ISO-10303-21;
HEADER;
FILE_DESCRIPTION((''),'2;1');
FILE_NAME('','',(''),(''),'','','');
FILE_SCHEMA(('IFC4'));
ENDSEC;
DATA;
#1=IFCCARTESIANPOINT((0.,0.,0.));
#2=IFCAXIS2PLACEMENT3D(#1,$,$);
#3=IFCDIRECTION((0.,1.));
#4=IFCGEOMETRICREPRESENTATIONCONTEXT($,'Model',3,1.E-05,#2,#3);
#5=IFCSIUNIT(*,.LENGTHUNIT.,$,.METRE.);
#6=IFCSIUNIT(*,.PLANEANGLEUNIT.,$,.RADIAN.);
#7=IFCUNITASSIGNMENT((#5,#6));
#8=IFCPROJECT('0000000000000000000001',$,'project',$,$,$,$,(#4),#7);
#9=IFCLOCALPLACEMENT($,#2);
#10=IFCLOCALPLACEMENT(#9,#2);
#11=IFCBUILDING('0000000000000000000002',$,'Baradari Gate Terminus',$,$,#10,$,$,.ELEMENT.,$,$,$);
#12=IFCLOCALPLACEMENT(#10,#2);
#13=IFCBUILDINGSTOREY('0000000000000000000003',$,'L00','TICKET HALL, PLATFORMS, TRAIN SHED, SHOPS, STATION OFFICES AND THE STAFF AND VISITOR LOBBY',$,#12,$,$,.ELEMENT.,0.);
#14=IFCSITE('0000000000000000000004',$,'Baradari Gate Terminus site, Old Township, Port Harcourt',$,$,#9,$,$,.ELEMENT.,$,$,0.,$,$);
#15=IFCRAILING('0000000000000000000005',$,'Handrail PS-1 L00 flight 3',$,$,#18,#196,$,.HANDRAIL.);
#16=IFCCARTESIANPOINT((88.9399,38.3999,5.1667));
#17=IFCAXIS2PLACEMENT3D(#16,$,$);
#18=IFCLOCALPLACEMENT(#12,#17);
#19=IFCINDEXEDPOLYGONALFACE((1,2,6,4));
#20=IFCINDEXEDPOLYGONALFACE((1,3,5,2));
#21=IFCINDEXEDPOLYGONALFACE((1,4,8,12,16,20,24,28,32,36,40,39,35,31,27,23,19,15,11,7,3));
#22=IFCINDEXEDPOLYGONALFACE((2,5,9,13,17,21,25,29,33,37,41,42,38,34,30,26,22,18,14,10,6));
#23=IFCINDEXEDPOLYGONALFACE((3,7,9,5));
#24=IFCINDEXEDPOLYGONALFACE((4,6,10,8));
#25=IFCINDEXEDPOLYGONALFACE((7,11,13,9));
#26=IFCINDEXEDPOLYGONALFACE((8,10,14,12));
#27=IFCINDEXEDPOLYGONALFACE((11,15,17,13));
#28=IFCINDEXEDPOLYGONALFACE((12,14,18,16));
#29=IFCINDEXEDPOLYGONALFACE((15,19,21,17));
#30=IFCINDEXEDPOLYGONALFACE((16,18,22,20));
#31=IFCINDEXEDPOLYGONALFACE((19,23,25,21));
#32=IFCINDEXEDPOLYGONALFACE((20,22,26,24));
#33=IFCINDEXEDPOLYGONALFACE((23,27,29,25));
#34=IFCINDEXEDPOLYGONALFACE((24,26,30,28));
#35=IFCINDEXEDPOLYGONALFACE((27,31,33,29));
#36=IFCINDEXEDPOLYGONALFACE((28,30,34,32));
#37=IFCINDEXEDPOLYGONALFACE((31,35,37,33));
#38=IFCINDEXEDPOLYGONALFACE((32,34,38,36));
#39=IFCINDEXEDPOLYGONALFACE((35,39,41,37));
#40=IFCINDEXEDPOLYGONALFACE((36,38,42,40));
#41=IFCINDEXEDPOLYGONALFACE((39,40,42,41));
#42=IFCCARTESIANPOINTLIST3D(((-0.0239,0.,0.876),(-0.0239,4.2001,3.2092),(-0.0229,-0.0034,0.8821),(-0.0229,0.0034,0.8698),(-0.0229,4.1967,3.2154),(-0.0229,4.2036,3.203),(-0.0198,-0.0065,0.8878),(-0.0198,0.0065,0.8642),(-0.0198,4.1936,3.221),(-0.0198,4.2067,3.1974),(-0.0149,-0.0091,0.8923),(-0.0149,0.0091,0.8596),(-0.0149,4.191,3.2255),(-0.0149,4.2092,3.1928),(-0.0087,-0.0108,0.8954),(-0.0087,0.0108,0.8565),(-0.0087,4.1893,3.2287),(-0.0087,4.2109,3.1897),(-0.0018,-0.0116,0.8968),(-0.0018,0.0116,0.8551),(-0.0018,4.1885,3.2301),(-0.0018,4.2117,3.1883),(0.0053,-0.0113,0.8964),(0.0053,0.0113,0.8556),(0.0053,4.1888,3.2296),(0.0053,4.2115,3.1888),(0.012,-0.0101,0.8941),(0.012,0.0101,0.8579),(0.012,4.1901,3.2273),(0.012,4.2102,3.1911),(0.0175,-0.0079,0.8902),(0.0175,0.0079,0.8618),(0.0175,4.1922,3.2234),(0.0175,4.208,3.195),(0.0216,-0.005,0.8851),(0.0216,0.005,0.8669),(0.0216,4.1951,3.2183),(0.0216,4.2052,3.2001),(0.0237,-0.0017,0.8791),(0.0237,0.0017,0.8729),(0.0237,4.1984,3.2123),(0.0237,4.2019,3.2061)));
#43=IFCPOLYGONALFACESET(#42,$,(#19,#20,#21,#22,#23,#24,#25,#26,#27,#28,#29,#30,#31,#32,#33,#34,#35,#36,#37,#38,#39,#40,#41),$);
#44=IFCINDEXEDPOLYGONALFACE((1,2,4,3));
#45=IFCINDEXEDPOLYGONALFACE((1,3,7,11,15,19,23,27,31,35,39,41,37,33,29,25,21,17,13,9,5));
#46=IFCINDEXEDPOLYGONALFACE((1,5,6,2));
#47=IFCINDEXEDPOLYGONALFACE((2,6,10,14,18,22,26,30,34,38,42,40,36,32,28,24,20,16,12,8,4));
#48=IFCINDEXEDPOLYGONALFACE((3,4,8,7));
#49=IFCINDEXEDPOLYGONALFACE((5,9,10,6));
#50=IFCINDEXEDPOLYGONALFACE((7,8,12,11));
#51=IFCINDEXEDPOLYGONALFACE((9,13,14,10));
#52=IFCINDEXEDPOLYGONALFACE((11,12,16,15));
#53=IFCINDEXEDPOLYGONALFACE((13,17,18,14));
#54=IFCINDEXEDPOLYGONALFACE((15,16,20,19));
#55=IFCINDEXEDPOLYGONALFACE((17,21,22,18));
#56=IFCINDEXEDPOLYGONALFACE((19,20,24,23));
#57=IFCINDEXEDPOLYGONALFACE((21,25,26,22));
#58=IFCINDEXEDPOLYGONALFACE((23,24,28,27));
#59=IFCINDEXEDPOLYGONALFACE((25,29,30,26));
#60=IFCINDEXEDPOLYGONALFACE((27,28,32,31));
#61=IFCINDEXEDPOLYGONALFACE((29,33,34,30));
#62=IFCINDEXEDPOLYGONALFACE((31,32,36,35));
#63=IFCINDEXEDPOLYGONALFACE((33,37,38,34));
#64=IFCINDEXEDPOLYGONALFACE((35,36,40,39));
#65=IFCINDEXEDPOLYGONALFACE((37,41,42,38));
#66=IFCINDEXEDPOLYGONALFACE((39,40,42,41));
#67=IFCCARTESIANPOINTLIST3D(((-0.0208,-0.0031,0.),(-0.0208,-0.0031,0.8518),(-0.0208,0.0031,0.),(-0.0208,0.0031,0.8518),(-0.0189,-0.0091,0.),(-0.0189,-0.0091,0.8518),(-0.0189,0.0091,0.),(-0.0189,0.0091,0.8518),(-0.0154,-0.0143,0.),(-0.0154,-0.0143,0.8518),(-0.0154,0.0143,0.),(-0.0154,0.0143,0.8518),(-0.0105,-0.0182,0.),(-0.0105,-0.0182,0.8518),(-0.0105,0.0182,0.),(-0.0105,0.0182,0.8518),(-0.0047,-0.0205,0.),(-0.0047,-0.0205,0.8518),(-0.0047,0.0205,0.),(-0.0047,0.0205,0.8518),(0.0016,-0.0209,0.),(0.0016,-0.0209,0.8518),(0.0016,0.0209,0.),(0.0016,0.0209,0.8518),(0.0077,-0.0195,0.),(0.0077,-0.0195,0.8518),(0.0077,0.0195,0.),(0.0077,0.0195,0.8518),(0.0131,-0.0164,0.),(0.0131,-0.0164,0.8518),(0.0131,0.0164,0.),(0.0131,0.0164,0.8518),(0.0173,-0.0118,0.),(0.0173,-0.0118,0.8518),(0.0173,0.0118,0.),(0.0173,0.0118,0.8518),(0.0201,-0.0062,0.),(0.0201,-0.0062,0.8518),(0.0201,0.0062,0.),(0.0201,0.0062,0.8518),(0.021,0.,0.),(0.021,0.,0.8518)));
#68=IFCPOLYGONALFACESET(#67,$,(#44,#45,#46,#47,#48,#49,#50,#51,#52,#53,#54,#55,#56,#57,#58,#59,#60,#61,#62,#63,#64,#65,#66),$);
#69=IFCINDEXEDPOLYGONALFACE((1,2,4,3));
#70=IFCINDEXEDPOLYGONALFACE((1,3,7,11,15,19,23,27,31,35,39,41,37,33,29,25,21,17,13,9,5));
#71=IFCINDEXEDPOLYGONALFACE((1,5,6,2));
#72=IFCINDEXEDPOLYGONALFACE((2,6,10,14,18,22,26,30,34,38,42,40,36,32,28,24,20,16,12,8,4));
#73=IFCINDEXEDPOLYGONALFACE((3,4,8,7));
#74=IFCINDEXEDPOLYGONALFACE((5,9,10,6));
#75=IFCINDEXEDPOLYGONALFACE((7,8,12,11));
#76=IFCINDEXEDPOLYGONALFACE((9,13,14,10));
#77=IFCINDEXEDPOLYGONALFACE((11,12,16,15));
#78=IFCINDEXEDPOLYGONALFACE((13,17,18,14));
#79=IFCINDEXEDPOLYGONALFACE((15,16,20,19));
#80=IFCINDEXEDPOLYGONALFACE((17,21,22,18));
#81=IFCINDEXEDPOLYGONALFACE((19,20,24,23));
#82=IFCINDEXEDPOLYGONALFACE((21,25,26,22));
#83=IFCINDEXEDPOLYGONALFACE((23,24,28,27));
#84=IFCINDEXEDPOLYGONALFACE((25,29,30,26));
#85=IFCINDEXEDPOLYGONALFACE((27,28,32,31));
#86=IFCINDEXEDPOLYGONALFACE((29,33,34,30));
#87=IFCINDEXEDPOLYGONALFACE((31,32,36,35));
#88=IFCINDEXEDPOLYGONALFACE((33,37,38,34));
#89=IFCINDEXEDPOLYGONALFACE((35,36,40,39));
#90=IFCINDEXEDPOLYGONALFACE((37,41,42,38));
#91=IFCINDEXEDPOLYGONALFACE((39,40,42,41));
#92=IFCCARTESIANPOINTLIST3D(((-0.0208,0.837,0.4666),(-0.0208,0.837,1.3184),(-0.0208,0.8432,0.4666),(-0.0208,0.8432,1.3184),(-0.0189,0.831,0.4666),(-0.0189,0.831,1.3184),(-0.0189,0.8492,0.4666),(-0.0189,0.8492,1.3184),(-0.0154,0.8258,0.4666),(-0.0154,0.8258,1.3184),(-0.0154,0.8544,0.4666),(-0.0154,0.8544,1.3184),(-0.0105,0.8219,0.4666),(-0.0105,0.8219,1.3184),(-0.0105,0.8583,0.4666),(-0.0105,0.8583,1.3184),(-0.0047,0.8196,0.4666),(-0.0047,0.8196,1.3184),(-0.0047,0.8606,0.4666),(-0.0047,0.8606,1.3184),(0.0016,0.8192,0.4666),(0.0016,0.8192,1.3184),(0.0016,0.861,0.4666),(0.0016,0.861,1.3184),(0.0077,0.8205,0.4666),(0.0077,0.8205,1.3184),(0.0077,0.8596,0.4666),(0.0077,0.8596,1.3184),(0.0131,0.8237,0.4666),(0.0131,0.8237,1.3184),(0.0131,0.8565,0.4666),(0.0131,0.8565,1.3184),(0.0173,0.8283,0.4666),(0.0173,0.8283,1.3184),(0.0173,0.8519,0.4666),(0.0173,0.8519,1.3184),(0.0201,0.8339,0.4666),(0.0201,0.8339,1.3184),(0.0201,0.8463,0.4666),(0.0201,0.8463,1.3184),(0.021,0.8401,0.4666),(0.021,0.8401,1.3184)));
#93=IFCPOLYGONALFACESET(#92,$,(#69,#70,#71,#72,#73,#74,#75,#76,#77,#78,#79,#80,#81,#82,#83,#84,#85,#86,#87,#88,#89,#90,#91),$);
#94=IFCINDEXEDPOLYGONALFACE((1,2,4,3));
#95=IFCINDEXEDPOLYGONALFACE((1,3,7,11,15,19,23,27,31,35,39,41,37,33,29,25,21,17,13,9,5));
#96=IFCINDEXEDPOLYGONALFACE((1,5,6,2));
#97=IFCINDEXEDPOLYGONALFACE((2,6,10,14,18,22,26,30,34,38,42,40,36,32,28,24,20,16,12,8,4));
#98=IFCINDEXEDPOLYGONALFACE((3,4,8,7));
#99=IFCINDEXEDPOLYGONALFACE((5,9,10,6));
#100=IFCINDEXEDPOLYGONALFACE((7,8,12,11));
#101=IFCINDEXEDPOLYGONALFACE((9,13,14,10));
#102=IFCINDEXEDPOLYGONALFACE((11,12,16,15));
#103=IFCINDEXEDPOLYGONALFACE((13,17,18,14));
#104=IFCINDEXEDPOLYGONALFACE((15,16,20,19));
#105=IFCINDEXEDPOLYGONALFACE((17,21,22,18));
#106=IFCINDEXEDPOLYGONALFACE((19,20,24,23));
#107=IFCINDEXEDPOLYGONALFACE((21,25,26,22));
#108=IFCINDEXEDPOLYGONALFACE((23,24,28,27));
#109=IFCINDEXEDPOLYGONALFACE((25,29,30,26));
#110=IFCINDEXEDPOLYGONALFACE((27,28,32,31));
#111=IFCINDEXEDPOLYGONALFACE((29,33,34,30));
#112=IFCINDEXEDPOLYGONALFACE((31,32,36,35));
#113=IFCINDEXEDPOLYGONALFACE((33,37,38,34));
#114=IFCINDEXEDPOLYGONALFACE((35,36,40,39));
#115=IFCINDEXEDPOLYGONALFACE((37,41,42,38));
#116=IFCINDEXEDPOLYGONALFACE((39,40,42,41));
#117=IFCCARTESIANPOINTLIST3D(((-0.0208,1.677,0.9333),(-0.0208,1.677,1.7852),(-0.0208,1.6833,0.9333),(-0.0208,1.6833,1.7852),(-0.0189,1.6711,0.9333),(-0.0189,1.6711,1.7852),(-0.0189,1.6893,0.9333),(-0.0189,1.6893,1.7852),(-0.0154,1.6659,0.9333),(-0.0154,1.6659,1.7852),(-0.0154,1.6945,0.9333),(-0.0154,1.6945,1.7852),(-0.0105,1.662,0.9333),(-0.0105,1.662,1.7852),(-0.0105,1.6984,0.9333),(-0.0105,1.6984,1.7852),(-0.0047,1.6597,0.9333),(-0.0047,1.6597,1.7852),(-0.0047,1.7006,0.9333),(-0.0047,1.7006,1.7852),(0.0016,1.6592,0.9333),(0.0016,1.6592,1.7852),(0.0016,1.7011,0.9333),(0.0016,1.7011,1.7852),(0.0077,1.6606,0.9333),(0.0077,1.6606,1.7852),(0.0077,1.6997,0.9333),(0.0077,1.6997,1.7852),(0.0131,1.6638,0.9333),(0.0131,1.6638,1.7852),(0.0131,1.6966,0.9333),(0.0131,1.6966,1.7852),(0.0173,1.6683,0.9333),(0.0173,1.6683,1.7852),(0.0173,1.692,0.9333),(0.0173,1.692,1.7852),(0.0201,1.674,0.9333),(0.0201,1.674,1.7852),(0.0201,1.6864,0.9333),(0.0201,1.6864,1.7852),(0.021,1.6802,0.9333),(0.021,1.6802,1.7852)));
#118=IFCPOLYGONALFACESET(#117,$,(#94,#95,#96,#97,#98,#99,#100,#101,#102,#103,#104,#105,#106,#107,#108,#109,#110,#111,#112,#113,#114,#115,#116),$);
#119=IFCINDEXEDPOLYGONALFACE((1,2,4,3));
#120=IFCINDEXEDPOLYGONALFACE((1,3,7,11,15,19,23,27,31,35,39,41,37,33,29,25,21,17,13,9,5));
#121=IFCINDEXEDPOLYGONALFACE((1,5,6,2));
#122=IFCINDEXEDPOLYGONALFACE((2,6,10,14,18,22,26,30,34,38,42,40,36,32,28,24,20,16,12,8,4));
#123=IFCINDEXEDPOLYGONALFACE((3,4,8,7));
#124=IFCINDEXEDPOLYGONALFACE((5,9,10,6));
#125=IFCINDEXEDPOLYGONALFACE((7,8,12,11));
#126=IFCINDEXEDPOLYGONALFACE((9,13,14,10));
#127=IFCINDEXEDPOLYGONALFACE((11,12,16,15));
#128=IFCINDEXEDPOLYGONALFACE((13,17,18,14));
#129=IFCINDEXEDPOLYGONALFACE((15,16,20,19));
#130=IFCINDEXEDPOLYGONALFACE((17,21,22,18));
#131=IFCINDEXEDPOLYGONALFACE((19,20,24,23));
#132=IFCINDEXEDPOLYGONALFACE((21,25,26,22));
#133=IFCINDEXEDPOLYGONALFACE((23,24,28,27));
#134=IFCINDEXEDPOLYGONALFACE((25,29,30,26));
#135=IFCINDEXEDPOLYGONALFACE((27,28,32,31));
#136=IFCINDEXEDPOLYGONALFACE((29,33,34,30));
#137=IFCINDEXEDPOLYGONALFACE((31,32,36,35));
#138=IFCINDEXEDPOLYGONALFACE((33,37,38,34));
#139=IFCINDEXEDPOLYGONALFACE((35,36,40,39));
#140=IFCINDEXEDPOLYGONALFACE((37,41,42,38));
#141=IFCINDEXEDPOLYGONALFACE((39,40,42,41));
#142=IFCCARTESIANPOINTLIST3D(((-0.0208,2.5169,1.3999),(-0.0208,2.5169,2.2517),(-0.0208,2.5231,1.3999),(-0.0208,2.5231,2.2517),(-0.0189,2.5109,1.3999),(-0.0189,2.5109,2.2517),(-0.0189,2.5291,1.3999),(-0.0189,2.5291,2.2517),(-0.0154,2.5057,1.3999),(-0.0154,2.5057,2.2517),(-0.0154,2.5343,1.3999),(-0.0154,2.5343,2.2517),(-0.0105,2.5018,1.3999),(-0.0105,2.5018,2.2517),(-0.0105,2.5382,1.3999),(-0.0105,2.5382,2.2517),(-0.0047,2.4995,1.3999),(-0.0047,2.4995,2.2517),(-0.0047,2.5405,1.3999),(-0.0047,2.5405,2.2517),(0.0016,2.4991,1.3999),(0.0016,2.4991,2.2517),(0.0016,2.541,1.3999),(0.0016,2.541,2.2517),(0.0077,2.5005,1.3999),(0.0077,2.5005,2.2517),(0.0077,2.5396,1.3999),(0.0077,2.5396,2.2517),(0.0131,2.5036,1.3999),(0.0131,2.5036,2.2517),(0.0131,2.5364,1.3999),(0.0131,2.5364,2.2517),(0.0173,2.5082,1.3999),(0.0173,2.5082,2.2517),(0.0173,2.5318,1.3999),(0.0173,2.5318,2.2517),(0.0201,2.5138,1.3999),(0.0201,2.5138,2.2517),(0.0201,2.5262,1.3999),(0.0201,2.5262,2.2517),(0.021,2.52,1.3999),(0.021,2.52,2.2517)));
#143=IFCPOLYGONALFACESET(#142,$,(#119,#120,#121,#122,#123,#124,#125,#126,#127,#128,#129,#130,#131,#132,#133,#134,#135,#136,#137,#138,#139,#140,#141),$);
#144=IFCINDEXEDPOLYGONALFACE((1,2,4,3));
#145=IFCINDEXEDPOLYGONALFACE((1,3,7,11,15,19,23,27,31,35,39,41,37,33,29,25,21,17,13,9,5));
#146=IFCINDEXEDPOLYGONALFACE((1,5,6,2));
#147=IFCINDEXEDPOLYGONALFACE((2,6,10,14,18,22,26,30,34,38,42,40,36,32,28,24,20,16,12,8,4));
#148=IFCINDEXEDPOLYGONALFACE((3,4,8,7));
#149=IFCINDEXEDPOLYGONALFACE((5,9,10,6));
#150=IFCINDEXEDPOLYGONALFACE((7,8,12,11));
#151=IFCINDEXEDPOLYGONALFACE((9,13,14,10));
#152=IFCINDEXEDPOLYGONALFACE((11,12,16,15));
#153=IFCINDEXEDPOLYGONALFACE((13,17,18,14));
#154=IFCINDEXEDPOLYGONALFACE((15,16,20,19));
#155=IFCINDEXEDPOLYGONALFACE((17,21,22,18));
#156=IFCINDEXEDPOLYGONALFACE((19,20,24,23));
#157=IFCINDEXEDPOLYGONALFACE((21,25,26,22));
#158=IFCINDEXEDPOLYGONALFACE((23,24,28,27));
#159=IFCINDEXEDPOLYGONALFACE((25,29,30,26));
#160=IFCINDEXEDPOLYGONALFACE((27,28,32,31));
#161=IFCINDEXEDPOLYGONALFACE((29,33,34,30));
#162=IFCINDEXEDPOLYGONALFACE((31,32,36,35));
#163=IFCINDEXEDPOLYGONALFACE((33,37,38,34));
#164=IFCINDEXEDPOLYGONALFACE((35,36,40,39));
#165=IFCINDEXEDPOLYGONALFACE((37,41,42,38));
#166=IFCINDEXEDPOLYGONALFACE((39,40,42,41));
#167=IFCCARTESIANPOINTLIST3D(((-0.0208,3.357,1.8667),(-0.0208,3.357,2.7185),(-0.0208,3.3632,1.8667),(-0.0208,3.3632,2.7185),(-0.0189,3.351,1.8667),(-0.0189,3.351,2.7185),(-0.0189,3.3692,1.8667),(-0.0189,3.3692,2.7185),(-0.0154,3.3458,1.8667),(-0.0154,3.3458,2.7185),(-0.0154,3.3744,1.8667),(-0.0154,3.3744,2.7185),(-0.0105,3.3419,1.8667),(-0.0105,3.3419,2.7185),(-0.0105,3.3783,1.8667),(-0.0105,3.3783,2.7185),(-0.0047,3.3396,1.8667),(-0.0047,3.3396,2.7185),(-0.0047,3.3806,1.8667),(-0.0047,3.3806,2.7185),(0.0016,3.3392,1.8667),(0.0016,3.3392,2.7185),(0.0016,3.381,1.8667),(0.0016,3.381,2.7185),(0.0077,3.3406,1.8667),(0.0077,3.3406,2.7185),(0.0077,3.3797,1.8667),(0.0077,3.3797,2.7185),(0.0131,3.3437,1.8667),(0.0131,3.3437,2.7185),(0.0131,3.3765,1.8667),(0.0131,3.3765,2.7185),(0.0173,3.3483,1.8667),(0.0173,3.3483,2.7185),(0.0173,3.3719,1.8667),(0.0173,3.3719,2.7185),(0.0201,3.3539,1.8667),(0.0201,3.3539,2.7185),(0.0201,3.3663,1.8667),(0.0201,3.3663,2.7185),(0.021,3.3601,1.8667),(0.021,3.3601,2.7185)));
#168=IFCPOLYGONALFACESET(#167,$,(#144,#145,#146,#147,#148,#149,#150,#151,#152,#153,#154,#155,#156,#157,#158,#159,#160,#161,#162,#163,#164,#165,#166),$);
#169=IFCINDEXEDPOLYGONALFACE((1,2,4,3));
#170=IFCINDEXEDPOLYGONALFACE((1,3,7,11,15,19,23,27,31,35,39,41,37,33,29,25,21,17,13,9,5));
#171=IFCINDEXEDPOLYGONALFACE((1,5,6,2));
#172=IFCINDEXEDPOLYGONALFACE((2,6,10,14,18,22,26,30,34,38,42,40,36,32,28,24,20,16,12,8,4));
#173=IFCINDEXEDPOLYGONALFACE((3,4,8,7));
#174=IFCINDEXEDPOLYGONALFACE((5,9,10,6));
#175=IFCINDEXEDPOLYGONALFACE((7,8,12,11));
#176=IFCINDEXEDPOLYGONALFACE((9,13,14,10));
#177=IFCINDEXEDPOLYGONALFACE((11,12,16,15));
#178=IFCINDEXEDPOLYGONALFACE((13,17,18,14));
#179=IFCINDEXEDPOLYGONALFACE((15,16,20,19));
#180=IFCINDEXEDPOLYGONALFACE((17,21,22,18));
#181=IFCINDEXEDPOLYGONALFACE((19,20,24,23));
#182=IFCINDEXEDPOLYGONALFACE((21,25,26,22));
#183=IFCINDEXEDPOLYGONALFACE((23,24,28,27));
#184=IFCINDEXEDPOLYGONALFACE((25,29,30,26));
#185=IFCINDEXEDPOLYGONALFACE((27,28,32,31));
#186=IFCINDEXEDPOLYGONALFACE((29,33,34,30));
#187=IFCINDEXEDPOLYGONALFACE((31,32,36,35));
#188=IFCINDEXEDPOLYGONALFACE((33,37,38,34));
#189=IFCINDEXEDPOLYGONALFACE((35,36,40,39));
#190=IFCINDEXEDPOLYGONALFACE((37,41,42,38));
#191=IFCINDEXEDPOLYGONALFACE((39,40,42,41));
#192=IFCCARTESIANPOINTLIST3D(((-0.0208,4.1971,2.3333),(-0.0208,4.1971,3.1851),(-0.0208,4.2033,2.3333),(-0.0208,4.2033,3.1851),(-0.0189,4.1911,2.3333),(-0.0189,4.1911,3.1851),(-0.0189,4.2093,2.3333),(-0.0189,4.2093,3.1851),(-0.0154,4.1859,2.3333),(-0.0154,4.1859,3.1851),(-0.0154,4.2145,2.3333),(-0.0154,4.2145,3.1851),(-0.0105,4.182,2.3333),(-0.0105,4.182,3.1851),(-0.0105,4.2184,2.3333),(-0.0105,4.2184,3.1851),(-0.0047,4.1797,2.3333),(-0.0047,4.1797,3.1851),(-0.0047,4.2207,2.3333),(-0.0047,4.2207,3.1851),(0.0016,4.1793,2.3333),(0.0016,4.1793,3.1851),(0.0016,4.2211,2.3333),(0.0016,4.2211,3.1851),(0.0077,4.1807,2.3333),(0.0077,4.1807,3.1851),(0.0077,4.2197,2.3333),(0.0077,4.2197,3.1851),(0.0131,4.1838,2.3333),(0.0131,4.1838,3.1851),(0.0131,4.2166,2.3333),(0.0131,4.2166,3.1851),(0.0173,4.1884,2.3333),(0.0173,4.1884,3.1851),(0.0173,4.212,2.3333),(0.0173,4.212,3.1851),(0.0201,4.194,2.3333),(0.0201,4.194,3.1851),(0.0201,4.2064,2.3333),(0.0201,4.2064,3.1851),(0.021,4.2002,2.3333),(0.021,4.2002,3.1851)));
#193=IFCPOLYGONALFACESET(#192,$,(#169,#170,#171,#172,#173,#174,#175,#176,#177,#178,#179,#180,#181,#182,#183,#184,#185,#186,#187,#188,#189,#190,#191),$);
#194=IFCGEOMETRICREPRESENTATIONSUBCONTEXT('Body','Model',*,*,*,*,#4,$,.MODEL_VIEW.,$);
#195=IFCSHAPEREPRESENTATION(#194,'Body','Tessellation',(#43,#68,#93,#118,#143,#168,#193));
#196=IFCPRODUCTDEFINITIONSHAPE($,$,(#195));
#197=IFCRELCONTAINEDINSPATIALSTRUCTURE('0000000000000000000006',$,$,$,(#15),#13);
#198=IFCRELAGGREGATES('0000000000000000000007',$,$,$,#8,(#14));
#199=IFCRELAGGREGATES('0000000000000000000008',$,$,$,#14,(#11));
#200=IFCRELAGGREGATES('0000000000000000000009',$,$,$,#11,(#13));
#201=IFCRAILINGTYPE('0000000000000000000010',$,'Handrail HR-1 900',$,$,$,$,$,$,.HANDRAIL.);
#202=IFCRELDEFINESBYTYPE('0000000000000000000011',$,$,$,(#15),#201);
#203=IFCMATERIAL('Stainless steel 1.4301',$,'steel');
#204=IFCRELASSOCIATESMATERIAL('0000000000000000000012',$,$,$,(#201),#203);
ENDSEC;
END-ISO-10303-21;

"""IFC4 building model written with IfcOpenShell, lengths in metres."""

from ifc_helpers import new_model, si_unit, direction, frame, origin, origin_2d, place, context, subcontext, project, spatial, circle, extrude, material, type_object, element, save


model = new_model("IFC4")

# Units and contexts
model_context = context("Model", 3, precision=1e-05, world=origin(), true_north=direction((0.0, 1.0)))
body_context = subcontext(model_context, "Body", "Model", "MODEL_VIEW")
ifc_project = project(units=[si_unit("LENGTHUNIT", "METRE"), si_unit("PLANEANGLEUNIT", "RADIAN")], contexts=[model_context])

# Site, building, storey
site_placement = place(None, origin())
site = spatial("IfcSite", under=ifc_project, at=site_placement, Name="Baradari Gate Terminus site, Old Township, Port Harcourt", CompositionType="ELEMENT", RefElevation=0.0)
building_placement = place(site_placement, origin())
building = spatial("IfcBuilding", under=site, at=building_placement, Name="Baradari Gate Terminus", CompositionType="ELEMENT")
storey_placement = place(building_placement, origin())
storey = spatial("IfcBuildingStorey", under=building, at=storey_placement, Name="L00", Description="TICKET HALL, PLATFORMS, TRAIN SHED, SHOPS, STATION OFFICES AND THE STAFF AND VISITOR LOBBY", CompositionType="ELEMENT", Elevation=0.0)

# Railing
ifc_material_1 = material(Name="Stainless steel 1.4301", Category="steel")
railing_type_1 = type_object("IfcRailingType", Name="Handrail HR-1 900", PredefinedType="HANDRAIL", material=ifc_material_1)
for number, where, name in (
    (1, (88.9399, 38.3999, 5.1667), "Handrail PS-1 L00 flight 3"),
):
    element("IfcRailing", number, at=place(storey_placement, frame(where)), inside=storey, type_object=railing_type_1, Name=name, PredefinedType="HANDRAIL", context=body_context, shape_type="SweptSolid", body=[
        extrude(circle(Radius=0.0239, at=origin_2d()), frame((0.0, 0.0, 0.876), z_axis=(0.0, 0.874174, 0.485613), x_axis=(-1.0, 0.0, 0.0)), (0.0, 0.0, 1.0), 4.8047),
        extrude(circle(Radius=0.021, at=origin_2d()), origin(), (0.0, 0.0, 1.0), 0.8518),
        extrude(circle(Radius=0.021, at=origin_2d()), frame((0.0, 0.8401, 0.4666)), (0.0, 0.0, 1.0), 0.8518),
        extrude(circle(Radius=0.021, at=origin_2d()), frame((0.0, 1.6802, 0.9333)), (0.0, 0.0, 1.0), 0.8518),
        extrude(circle(Radius=0.021, at=origin_2d()), frame((0.0, 2.52, 1.3999)), (0.0, 0.0, 1.0), 0.8518),
        extrude(circle(Radius=0.021, at=origin_2d()), frame((0.0, 3.3601, 1.8667)), (0.0, 0.0, 1.0), 0.8518),
        extrude(circle(Radius=0.021, at=origin_2d()), frame((0.0, 4.2002, 2.3333)), (0.0, 0.0, 1.0), 0.8518),
    ])

save(model, "model.ifc")
